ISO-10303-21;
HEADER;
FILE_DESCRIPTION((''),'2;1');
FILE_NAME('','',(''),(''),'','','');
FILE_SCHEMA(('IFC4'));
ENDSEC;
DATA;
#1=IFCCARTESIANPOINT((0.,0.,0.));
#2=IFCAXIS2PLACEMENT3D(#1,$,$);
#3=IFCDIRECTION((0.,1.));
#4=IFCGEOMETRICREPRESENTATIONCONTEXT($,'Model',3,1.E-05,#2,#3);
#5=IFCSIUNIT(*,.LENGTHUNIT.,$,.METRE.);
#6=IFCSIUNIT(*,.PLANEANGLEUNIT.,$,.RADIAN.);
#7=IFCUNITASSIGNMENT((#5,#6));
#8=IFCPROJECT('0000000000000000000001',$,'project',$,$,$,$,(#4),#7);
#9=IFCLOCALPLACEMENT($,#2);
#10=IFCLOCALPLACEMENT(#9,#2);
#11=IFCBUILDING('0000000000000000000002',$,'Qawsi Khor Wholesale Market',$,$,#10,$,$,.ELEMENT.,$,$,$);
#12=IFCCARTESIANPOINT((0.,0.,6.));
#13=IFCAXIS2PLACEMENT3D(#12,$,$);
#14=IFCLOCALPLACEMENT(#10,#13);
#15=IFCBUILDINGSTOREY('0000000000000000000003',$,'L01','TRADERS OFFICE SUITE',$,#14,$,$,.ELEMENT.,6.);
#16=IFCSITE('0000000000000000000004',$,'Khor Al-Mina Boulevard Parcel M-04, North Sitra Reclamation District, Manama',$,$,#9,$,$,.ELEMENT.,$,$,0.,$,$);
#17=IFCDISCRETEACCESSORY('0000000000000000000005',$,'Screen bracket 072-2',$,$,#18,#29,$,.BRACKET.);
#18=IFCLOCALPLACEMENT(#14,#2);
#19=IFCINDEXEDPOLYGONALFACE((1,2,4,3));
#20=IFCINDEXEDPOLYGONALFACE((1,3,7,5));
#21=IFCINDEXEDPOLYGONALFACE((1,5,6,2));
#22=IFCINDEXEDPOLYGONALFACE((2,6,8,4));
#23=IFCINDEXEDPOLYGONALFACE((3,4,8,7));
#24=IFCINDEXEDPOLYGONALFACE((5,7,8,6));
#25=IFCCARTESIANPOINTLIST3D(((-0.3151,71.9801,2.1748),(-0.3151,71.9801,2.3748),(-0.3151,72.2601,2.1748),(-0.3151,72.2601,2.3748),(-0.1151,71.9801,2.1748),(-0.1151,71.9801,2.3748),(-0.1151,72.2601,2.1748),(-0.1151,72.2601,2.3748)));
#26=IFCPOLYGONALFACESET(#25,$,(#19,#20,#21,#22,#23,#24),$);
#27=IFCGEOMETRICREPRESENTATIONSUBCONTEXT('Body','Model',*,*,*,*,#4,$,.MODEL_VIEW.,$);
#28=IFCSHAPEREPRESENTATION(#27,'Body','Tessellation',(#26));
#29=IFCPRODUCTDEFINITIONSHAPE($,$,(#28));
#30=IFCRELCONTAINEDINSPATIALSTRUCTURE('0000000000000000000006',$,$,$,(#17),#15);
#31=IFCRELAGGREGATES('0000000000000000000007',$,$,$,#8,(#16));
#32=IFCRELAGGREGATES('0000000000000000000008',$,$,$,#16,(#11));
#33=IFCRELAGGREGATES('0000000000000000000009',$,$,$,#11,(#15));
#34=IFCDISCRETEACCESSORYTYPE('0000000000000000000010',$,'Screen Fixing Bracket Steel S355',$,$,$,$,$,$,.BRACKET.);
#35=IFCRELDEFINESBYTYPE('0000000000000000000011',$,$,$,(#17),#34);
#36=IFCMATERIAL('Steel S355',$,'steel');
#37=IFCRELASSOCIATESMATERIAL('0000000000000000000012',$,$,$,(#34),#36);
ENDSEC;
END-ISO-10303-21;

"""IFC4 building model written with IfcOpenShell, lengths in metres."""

from ifc_helpers import new_model, si_unit, direction, frame, origin, origin_2d, place, context, subcontext, project, spatial, rectangle, extrude, material, type_object, element, save


model = new_model("IFC4")

# Units and contexts
model_context = context("Model", 3, precision=1e-05, world=origin(), true_north=direction((0.0, 1.0)))
body_context = subcontext(model_context, "Body", "Model", "MODEL_VIEW")
ifc_project = project(units=[si_unit("LENGTHUNIT", "METRE"), si_unit("PLANEANGLEUNIT", "RADIAN")], contexts=[model_context])

# Site, building, storey
site_placement = place(None, origin())
site = spatial("IfcSite", under=ifc_project, at=site_placement, Name="Khor Al-Mina Boulevard Parcel M-04, North Sitra Reclamation District, Manama", CompositionType="ELEMENT", RefElevation=0.0)
building_placement = place(site_placement, origin())
building = spatial("IfcBuilding", under=site, at=building_placement, Name="Qawsi Khor Wholesale Market", CompositionType="ELEMENT")
storey_placement = place(building_placement, frame((0.0, 0.0, 6.0)))
storey = spatial("IfcBuildingStorey", under=building, at=storey_placement, Name="L01", Description="TRADERS OFFICE SUITE", CompositionType="ELEMENT", Elevation=6.0)

# Shared definitions
ifc_material_1 = material(Name="Steel S355", Category="steel")

# Discrete accessory
discrete_accessory_type = type_object("IfcDiscreteAccessoryType", Name="Screen Fixing Bracket Steel S355", PredefinedType="BRACKET", material=ifc_material_1)
for number, where, z_axis, x_axis, name in (
    (1, (-0.2151, 72.1201, 2.1748), (0.0, 0.0, 1.0), (1.0, 0.0, 0.0), "Screen bracket 072-2"),
):
    element("IfcDiscreteAccessory", number, at=place(storey_placement, frame(where, z_axis=z_axis, x_axis=x_axis)), inside=storey, type_object=discrete_accessory_type, Name=name, PredefinedType="BRACKET", context=body_context, shape_type="SweptSolid", body=[
        extrude(rectangle(XDim=0.2, YDim=0.28, at=origin_2d()), origin(), (0.0, 0.0, 1.0), 0.2),
    ])

save(model, "model.ifc")
